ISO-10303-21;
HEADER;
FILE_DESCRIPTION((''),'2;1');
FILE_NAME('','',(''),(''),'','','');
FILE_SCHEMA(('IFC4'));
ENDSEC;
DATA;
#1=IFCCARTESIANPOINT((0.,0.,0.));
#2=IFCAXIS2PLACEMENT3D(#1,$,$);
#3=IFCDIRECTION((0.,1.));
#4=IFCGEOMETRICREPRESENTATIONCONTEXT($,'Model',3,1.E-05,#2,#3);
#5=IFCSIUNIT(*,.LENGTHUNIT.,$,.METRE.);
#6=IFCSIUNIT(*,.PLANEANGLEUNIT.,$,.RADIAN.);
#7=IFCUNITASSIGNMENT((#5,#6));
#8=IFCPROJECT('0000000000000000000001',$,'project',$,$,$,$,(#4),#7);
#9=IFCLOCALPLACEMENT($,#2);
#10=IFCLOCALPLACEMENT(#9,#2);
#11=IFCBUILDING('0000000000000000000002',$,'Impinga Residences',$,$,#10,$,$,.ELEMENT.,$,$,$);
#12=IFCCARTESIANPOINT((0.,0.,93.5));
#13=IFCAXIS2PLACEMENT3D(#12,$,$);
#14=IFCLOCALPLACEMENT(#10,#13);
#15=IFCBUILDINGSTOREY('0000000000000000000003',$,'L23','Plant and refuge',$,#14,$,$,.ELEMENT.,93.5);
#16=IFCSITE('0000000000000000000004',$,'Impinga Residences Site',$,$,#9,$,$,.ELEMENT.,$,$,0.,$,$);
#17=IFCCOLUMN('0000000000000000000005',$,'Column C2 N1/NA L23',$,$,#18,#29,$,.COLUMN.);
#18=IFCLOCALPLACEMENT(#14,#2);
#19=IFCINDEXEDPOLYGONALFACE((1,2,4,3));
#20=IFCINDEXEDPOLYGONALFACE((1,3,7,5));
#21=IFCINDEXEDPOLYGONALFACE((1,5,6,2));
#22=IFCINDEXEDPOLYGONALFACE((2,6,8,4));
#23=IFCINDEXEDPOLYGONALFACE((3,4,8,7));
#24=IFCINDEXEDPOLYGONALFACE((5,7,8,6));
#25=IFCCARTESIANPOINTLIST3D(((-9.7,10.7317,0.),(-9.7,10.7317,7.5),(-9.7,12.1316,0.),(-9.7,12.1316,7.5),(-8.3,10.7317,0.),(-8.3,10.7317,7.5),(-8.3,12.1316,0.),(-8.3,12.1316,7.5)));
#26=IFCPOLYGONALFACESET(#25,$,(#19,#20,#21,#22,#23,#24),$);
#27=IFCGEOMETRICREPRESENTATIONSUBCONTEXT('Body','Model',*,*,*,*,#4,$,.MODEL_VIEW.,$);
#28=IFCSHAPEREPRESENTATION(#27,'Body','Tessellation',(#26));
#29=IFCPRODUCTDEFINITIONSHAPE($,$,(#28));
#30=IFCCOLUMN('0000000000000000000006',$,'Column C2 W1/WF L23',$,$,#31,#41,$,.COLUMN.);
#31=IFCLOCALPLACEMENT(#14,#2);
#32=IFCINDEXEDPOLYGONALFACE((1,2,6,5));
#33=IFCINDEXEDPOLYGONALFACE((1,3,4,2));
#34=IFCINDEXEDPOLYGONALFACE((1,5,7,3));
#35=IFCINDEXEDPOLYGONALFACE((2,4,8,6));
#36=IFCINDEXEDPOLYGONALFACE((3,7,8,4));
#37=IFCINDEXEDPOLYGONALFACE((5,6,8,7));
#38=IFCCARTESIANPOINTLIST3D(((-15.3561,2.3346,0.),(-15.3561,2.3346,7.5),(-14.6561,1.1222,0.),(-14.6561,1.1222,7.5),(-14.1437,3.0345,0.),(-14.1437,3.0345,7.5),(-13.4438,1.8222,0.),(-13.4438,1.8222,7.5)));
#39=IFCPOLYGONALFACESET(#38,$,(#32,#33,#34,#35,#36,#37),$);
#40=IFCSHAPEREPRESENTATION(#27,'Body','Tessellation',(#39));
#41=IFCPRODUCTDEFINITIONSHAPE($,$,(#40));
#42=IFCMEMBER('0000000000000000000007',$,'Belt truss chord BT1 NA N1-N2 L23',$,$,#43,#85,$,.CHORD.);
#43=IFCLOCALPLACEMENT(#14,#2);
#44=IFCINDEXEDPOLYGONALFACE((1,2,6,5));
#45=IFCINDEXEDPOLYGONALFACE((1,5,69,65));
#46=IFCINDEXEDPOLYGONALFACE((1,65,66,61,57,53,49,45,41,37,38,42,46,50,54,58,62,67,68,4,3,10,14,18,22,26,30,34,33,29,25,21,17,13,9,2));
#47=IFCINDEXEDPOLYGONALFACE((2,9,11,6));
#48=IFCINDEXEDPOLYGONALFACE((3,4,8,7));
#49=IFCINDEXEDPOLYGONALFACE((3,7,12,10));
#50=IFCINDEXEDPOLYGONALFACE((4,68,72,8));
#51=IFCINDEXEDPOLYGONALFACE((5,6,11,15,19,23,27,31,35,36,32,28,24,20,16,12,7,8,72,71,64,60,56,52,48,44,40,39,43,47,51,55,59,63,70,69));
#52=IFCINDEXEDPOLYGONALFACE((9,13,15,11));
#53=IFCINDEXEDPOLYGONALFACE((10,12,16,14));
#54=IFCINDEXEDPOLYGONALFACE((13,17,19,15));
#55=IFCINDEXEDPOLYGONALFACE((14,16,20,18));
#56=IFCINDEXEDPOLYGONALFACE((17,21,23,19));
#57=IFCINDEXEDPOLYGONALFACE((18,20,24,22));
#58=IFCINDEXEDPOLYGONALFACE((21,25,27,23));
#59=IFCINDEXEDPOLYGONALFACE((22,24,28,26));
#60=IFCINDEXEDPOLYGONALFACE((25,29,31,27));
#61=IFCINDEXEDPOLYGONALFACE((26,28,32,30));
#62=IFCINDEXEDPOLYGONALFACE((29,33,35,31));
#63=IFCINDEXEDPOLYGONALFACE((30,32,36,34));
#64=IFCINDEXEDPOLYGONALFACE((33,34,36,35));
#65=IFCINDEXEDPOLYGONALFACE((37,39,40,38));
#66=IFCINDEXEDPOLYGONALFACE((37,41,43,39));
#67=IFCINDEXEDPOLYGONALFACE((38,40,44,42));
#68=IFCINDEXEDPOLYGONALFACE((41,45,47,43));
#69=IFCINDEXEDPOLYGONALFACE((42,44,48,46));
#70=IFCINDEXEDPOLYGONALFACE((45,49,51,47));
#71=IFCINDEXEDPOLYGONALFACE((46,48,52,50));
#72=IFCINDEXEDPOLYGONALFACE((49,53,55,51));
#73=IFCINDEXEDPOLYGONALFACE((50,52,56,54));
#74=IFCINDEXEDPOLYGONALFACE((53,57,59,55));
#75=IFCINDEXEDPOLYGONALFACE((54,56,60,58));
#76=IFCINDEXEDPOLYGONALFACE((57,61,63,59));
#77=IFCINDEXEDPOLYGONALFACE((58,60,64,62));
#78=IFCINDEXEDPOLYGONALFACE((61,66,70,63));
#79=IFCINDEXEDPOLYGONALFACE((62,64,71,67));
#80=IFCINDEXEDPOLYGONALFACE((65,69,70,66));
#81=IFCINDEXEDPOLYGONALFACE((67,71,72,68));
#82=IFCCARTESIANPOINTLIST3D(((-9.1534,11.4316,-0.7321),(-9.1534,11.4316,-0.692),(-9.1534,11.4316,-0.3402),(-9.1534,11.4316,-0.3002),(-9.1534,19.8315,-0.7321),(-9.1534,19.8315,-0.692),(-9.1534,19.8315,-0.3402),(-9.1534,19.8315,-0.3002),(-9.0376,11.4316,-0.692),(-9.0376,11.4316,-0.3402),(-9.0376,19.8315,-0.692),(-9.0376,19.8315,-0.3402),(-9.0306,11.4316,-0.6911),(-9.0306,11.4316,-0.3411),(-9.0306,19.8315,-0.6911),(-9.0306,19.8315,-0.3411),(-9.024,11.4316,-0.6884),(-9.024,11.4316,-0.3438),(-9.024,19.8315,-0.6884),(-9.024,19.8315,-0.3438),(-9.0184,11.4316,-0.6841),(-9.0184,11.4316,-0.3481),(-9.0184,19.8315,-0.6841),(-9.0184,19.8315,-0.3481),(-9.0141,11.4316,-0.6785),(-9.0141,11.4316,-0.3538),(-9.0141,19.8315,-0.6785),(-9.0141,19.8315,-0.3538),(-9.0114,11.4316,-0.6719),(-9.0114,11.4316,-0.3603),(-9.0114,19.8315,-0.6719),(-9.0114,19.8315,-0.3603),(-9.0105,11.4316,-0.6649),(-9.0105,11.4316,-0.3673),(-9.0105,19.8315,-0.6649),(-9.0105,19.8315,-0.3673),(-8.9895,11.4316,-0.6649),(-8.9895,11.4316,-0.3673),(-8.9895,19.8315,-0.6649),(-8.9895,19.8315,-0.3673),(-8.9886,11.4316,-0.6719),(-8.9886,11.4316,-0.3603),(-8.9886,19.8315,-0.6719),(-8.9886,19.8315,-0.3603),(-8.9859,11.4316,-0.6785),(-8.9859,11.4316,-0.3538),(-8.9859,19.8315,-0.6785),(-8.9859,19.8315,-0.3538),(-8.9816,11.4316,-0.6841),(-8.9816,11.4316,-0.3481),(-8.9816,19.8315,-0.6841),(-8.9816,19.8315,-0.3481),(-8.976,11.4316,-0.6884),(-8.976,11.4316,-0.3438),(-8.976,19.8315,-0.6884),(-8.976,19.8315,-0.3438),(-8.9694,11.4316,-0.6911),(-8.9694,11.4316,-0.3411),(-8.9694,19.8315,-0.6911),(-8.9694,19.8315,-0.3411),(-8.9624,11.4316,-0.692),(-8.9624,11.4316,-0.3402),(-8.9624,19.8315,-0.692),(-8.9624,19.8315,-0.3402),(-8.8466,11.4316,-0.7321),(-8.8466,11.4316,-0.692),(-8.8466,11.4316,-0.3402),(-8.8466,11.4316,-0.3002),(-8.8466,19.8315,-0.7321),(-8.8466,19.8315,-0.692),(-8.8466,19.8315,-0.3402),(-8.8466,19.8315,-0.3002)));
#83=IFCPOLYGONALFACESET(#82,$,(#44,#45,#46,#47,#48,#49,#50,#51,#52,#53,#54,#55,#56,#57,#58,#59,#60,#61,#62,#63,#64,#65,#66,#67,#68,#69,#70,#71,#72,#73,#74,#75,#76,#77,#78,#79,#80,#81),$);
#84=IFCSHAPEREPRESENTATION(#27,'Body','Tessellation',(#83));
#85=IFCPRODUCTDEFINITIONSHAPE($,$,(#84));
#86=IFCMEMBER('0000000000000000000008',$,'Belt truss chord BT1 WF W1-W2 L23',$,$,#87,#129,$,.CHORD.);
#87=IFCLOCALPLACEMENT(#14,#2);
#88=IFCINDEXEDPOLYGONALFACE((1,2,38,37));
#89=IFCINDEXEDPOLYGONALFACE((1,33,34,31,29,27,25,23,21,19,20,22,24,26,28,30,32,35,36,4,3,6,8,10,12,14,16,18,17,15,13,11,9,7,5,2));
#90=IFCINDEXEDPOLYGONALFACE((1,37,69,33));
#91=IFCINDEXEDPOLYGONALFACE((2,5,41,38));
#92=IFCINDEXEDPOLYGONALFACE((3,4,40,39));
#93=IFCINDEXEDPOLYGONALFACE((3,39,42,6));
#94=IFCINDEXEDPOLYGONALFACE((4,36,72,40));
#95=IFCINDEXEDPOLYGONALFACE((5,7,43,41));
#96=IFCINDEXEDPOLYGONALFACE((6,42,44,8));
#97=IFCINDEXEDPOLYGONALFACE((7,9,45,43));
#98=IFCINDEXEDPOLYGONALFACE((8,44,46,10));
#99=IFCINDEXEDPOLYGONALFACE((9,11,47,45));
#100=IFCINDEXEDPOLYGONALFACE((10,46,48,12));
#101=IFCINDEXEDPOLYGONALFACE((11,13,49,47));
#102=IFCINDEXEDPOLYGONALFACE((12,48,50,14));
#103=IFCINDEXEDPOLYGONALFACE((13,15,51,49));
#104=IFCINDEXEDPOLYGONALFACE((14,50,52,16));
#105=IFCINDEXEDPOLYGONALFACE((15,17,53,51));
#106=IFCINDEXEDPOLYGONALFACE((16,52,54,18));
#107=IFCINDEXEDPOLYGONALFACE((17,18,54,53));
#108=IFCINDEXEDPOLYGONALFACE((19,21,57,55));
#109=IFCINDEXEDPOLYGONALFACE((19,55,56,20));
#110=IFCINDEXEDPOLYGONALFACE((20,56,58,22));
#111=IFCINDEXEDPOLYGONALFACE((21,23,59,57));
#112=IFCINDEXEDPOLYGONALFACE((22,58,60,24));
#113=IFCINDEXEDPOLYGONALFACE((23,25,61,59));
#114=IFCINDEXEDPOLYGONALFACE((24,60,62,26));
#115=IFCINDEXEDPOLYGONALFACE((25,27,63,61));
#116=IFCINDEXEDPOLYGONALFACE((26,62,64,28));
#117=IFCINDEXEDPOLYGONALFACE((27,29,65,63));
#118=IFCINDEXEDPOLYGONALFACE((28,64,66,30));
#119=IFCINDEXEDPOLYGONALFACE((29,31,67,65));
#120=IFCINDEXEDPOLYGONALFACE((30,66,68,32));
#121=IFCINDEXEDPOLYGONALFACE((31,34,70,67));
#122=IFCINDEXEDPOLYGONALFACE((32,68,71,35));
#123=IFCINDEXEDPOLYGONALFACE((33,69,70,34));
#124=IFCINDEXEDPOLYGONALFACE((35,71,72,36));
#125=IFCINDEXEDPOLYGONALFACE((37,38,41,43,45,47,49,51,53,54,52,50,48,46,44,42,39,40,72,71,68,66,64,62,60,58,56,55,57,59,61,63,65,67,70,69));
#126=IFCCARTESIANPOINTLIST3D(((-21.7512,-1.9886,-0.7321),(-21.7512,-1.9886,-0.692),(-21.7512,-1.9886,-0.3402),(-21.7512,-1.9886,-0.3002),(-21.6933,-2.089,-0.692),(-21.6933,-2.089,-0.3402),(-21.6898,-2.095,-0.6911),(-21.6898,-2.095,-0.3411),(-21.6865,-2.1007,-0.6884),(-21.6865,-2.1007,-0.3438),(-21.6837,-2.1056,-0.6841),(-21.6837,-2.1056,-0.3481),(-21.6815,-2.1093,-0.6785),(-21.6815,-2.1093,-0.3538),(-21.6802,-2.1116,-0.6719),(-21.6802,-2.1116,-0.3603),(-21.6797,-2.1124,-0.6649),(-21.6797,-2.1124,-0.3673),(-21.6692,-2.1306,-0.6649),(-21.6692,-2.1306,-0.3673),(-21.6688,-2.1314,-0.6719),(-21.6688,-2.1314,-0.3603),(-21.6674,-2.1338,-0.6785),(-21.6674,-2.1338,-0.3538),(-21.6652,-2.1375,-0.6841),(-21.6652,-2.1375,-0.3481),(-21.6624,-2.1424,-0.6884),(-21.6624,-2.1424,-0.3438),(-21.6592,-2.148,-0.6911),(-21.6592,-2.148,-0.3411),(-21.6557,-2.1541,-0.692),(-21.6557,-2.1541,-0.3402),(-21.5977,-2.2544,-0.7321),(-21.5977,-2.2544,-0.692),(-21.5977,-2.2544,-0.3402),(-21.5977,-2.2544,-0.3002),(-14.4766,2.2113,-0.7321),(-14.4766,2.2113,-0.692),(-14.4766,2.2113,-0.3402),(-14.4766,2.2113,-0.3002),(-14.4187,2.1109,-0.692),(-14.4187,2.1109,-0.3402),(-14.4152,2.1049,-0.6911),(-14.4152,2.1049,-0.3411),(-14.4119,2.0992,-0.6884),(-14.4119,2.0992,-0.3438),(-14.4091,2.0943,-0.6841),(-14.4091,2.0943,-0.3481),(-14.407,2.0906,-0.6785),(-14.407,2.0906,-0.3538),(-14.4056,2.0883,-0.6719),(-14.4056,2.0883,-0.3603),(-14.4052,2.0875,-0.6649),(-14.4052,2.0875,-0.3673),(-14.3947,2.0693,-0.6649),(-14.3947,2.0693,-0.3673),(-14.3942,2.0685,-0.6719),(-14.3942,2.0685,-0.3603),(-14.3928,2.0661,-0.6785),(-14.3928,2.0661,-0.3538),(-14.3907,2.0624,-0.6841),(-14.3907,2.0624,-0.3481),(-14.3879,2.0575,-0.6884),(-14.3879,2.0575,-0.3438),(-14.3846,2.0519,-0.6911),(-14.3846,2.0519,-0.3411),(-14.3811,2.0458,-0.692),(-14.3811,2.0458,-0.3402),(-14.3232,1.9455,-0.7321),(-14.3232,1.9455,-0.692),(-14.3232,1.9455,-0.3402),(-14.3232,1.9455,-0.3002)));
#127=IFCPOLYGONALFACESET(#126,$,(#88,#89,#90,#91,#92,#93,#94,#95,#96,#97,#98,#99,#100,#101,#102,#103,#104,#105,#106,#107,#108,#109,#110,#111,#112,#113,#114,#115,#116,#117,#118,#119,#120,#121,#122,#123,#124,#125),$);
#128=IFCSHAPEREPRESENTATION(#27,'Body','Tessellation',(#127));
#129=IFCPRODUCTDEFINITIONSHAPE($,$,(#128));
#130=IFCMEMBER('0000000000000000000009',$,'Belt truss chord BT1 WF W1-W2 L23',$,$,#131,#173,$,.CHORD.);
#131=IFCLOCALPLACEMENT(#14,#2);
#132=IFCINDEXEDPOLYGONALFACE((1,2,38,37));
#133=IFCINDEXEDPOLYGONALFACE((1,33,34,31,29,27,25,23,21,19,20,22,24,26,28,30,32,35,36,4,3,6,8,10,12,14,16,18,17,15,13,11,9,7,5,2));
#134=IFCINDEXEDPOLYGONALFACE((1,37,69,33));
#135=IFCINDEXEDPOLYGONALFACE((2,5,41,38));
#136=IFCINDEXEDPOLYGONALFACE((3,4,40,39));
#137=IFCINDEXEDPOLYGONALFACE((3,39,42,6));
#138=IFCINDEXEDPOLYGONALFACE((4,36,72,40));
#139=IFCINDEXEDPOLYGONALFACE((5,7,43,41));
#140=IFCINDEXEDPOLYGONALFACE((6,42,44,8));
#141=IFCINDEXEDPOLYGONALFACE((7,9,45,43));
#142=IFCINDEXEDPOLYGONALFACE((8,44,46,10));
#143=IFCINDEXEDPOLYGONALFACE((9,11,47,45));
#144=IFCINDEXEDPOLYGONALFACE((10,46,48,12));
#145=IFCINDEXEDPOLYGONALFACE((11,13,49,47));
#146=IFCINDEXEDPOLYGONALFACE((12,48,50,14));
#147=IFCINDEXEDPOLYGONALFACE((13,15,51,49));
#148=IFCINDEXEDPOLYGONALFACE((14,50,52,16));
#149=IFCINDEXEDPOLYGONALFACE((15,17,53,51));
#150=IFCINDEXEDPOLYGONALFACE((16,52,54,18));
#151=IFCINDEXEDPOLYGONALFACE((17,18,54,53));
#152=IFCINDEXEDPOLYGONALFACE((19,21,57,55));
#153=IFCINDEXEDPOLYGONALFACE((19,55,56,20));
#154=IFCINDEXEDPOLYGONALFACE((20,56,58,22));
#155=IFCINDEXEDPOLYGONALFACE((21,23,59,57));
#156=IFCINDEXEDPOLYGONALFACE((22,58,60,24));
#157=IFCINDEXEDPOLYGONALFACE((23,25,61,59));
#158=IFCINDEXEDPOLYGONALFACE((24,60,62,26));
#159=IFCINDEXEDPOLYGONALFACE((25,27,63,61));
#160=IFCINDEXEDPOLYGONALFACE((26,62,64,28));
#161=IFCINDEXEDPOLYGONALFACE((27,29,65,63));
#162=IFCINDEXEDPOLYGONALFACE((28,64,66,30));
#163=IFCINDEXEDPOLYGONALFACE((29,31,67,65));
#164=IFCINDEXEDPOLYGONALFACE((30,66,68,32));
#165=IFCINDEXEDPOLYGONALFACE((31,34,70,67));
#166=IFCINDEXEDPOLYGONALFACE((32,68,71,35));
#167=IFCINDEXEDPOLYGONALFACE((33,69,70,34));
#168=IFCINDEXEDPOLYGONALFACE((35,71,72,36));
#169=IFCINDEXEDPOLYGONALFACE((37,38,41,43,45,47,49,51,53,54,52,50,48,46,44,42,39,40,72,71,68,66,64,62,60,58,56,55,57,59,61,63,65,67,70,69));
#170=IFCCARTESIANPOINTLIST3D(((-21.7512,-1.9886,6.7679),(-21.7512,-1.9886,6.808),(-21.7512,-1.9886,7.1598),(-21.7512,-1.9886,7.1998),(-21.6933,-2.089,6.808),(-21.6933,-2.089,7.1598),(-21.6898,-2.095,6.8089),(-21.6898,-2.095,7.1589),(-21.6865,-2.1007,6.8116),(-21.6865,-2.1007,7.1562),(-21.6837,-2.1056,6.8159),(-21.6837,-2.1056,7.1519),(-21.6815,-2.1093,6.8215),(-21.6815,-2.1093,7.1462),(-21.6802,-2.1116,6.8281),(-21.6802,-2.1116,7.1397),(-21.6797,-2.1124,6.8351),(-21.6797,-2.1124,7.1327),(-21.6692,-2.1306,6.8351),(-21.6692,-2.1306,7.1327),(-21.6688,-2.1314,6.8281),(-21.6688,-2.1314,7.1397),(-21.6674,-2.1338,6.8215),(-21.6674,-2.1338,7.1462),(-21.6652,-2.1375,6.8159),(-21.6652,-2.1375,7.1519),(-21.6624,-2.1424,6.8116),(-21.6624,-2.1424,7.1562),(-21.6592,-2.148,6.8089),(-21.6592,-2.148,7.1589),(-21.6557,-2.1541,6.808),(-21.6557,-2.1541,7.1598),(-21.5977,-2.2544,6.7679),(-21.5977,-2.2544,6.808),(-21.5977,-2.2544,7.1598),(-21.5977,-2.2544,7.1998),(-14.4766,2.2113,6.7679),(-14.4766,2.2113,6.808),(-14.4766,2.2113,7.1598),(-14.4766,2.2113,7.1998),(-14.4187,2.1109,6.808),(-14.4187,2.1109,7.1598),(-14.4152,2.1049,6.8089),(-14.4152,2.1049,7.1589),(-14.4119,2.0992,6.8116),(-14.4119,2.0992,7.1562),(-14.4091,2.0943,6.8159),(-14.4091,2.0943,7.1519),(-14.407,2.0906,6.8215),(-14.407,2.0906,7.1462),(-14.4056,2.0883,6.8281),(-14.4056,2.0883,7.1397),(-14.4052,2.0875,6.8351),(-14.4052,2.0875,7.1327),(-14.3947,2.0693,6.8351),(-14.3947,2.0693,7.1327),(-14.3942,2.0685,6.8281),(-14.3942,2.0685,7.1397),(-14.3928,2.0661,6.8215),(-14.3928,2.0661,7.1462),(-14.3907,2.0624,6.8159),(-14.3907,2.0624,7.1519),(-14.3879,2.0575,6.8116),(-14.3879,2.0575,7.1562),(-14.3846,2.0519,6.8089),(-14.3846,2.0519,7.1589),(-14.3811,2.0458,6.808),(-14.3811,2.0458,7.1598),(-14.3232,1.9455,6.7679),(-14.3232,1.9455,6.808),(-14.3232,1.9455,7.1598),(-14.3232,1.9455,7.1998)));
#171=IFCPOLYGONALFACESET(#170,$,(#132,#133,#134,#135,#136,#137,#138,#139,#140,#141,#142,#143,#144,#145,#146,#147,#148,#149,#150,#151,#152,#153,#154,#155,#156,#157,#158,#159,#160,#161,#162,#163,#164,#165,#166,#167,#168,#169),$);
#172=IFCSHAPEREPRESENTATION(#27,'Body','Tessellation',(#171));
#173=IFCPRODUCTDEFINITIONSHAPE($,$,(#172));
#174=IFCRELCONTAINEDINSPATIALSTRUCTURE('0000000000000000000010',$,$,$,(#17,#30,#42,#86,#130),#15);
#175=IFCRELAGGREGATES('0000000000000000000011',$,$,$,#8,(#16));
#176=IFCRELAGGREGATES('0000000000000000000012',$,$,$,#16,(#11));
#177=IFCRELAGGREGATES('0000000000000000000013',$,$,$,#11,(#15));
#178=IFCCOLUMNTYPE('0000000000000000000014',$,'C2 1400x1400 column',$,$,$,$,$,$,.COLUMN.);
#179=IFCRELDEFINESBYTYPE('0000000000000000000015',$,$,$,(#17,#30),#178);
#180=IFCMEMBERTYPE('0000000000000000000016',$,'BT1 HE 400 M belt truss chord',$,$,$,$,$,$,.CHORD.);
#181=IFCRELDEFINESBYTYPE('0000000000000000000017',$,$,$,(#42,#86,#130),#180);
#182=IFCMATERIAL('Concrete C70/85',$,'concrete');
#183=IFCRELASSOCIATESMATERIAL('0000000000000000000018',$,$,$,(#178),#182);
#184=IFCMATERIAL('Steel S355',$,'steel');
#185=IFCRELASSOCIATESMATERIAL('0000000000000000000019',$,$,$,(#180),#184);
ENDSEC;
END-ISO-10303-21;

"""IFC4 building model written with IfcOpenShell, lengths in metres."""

from ifc_helpers import new_model, si_unit, direction, frame, origin, origin_2d, place, context, subcontext, project, spatial, rectangle, i_section, extrude, material, material_profile, profile_set, type_object, element, save


model = new_model("IFC4")

# Units and contexts
model_context = context("Model", 3, precision=1e-05, world=origin(), true_north=direction((0.0, 1.0)))
body_context = subcontext(model_context, "Body", "Model", "MODEL_VIEW")
ifc_project = project(units=[si_unit("LENGTHUNIT", "METRE"), si_unit("PLANEANGLEUNIT", "RADIAN")], contexts=[model_context])

# Site, building, storey
site_placement = place(None, origin())
site = spatial("IfcSite", under=ifc_project, at=site_placement, Name="Impinga Residences Site", CompositionType="ELEMENT", RefElevation=0.0)
building_placement = place(site_placement, origin())
building = spatial("IfcBuilding", under=site, at=building_placement, Name="Impinga Residences", CompositionType="ELEMENT")
storey_placement = place(building_placement, frame((0.0, 0.0, 93.5)))
storey = spatial("IfcBuildingStorey", under=building, at=storey_placement, Name="L23", Description="Plant and refuge", CompositionType="ELEMENT", Elevation=93.5)

# Columns
ifc_material_1 = material(Name="Concrete C70/85", Category="concrete")
ifc_material_profile_1 = material_profile(ifc_material_1, rectangle(XDim=1.3999, YDim=1.3999, at=origin_2d()), Name="RC 1400x1400")
ifc_profile_set_1 = profile_set([ifc_material_profile_1], Name="Concrete C70/85")
column_type = type_object("IfcColumnType", Name="C2 1400x1400 column", PredefinedType="COLUMN", material=ifc_profile_set_1)
for number, where, z_axis, x_axis, name in (
    (1, (-9.0, 11.4316, 0.0), (0.0, 0.0, 1.0), (1.0, 0.0, 0.0), "Column C2 N1/NA L23"),
    (2, (-14.3999, 2.0784, 0.0), (0.0, 0.0, 1.0), (-0.5, 0.866025, 0.0), "Column C2 W1/WF L23"),
):
    element("IfcColumn", number, at=place(storey_placement, frame(where, z_axis=z_axis, x_axis=x_axis)), inside=storey, type_object=column_type, Name=name, PredefinedType="COLUMN", context=body_context, shape_type="SweptSolid", body=[
        extrude(rectangle(XDim=1.3999, YDim=1.3999, at=origin_2d()), origin(), (0.0, 0.0, 1.0), 7.5),
    ])

# Members
ifc_material_2 = material(Name="Steel S355", Category="steel")
ifc_material_profile_2 = material_profile(ifc_material_2, i_section(OverallWidth=0.3069, OverallDepth=0.4319, WebThickness=0.021, FlangeThickness=0.04, FilletRadius=0.0271, at=origin_2d()), Name="HE 400 M")
ifc_profile_set_2 = profile_set([ifc_material_profile_2], Name="Steel S355")
member_type_1 = type_object("IfcMemberType", Name="BT1 HE 400 M belt truss chord", PredefinedType="CHORD", material=ifc_profile_set_2)
for number, where, z_axis, x_axis, name in (
    (3, (-9.0, 11.4316, -0.5161), (0.0, 1.0, 0.0), (-1.0, 0.0, 0.0), "Belt truss chord BT1 NA N1-N2 L23"),
    (4, (-14.3999, 2.0784, -0.5161), (-0.866029, -0.499993, 0.0), (0.499993, -0.866029, 0.0), "Belt truss chord BT1 WF W1-W2 L23"),
    (5, (-14.3999, 2.0784, 6.9839), (-0.866029, -0.499993, 0.0), (0.499993, -0.866029, 0.0), "Belt truss chord BT1 WF W1-W2 L23"),
):
    element("IfcMember", number, at=place(storey_placement, frame(where, z_axis=z_axis, x_axis=x_axis)), inside=storey, type_object=member_type_1, Name=name, PredefinedType="CHORD", context=body_context, shape_type="SweptSolid", body=[
        extrude(i_section(OverallWidth=0.3069, OverallDepth=0.4319, WebThickness=0.021, FlangeThickness=0.04, FilletRadius=0.0271, at=origin_2d()), origin(), (0.0, 0.0, 1.0), 8.3999),
    ])

save(model, "model.ifc")
